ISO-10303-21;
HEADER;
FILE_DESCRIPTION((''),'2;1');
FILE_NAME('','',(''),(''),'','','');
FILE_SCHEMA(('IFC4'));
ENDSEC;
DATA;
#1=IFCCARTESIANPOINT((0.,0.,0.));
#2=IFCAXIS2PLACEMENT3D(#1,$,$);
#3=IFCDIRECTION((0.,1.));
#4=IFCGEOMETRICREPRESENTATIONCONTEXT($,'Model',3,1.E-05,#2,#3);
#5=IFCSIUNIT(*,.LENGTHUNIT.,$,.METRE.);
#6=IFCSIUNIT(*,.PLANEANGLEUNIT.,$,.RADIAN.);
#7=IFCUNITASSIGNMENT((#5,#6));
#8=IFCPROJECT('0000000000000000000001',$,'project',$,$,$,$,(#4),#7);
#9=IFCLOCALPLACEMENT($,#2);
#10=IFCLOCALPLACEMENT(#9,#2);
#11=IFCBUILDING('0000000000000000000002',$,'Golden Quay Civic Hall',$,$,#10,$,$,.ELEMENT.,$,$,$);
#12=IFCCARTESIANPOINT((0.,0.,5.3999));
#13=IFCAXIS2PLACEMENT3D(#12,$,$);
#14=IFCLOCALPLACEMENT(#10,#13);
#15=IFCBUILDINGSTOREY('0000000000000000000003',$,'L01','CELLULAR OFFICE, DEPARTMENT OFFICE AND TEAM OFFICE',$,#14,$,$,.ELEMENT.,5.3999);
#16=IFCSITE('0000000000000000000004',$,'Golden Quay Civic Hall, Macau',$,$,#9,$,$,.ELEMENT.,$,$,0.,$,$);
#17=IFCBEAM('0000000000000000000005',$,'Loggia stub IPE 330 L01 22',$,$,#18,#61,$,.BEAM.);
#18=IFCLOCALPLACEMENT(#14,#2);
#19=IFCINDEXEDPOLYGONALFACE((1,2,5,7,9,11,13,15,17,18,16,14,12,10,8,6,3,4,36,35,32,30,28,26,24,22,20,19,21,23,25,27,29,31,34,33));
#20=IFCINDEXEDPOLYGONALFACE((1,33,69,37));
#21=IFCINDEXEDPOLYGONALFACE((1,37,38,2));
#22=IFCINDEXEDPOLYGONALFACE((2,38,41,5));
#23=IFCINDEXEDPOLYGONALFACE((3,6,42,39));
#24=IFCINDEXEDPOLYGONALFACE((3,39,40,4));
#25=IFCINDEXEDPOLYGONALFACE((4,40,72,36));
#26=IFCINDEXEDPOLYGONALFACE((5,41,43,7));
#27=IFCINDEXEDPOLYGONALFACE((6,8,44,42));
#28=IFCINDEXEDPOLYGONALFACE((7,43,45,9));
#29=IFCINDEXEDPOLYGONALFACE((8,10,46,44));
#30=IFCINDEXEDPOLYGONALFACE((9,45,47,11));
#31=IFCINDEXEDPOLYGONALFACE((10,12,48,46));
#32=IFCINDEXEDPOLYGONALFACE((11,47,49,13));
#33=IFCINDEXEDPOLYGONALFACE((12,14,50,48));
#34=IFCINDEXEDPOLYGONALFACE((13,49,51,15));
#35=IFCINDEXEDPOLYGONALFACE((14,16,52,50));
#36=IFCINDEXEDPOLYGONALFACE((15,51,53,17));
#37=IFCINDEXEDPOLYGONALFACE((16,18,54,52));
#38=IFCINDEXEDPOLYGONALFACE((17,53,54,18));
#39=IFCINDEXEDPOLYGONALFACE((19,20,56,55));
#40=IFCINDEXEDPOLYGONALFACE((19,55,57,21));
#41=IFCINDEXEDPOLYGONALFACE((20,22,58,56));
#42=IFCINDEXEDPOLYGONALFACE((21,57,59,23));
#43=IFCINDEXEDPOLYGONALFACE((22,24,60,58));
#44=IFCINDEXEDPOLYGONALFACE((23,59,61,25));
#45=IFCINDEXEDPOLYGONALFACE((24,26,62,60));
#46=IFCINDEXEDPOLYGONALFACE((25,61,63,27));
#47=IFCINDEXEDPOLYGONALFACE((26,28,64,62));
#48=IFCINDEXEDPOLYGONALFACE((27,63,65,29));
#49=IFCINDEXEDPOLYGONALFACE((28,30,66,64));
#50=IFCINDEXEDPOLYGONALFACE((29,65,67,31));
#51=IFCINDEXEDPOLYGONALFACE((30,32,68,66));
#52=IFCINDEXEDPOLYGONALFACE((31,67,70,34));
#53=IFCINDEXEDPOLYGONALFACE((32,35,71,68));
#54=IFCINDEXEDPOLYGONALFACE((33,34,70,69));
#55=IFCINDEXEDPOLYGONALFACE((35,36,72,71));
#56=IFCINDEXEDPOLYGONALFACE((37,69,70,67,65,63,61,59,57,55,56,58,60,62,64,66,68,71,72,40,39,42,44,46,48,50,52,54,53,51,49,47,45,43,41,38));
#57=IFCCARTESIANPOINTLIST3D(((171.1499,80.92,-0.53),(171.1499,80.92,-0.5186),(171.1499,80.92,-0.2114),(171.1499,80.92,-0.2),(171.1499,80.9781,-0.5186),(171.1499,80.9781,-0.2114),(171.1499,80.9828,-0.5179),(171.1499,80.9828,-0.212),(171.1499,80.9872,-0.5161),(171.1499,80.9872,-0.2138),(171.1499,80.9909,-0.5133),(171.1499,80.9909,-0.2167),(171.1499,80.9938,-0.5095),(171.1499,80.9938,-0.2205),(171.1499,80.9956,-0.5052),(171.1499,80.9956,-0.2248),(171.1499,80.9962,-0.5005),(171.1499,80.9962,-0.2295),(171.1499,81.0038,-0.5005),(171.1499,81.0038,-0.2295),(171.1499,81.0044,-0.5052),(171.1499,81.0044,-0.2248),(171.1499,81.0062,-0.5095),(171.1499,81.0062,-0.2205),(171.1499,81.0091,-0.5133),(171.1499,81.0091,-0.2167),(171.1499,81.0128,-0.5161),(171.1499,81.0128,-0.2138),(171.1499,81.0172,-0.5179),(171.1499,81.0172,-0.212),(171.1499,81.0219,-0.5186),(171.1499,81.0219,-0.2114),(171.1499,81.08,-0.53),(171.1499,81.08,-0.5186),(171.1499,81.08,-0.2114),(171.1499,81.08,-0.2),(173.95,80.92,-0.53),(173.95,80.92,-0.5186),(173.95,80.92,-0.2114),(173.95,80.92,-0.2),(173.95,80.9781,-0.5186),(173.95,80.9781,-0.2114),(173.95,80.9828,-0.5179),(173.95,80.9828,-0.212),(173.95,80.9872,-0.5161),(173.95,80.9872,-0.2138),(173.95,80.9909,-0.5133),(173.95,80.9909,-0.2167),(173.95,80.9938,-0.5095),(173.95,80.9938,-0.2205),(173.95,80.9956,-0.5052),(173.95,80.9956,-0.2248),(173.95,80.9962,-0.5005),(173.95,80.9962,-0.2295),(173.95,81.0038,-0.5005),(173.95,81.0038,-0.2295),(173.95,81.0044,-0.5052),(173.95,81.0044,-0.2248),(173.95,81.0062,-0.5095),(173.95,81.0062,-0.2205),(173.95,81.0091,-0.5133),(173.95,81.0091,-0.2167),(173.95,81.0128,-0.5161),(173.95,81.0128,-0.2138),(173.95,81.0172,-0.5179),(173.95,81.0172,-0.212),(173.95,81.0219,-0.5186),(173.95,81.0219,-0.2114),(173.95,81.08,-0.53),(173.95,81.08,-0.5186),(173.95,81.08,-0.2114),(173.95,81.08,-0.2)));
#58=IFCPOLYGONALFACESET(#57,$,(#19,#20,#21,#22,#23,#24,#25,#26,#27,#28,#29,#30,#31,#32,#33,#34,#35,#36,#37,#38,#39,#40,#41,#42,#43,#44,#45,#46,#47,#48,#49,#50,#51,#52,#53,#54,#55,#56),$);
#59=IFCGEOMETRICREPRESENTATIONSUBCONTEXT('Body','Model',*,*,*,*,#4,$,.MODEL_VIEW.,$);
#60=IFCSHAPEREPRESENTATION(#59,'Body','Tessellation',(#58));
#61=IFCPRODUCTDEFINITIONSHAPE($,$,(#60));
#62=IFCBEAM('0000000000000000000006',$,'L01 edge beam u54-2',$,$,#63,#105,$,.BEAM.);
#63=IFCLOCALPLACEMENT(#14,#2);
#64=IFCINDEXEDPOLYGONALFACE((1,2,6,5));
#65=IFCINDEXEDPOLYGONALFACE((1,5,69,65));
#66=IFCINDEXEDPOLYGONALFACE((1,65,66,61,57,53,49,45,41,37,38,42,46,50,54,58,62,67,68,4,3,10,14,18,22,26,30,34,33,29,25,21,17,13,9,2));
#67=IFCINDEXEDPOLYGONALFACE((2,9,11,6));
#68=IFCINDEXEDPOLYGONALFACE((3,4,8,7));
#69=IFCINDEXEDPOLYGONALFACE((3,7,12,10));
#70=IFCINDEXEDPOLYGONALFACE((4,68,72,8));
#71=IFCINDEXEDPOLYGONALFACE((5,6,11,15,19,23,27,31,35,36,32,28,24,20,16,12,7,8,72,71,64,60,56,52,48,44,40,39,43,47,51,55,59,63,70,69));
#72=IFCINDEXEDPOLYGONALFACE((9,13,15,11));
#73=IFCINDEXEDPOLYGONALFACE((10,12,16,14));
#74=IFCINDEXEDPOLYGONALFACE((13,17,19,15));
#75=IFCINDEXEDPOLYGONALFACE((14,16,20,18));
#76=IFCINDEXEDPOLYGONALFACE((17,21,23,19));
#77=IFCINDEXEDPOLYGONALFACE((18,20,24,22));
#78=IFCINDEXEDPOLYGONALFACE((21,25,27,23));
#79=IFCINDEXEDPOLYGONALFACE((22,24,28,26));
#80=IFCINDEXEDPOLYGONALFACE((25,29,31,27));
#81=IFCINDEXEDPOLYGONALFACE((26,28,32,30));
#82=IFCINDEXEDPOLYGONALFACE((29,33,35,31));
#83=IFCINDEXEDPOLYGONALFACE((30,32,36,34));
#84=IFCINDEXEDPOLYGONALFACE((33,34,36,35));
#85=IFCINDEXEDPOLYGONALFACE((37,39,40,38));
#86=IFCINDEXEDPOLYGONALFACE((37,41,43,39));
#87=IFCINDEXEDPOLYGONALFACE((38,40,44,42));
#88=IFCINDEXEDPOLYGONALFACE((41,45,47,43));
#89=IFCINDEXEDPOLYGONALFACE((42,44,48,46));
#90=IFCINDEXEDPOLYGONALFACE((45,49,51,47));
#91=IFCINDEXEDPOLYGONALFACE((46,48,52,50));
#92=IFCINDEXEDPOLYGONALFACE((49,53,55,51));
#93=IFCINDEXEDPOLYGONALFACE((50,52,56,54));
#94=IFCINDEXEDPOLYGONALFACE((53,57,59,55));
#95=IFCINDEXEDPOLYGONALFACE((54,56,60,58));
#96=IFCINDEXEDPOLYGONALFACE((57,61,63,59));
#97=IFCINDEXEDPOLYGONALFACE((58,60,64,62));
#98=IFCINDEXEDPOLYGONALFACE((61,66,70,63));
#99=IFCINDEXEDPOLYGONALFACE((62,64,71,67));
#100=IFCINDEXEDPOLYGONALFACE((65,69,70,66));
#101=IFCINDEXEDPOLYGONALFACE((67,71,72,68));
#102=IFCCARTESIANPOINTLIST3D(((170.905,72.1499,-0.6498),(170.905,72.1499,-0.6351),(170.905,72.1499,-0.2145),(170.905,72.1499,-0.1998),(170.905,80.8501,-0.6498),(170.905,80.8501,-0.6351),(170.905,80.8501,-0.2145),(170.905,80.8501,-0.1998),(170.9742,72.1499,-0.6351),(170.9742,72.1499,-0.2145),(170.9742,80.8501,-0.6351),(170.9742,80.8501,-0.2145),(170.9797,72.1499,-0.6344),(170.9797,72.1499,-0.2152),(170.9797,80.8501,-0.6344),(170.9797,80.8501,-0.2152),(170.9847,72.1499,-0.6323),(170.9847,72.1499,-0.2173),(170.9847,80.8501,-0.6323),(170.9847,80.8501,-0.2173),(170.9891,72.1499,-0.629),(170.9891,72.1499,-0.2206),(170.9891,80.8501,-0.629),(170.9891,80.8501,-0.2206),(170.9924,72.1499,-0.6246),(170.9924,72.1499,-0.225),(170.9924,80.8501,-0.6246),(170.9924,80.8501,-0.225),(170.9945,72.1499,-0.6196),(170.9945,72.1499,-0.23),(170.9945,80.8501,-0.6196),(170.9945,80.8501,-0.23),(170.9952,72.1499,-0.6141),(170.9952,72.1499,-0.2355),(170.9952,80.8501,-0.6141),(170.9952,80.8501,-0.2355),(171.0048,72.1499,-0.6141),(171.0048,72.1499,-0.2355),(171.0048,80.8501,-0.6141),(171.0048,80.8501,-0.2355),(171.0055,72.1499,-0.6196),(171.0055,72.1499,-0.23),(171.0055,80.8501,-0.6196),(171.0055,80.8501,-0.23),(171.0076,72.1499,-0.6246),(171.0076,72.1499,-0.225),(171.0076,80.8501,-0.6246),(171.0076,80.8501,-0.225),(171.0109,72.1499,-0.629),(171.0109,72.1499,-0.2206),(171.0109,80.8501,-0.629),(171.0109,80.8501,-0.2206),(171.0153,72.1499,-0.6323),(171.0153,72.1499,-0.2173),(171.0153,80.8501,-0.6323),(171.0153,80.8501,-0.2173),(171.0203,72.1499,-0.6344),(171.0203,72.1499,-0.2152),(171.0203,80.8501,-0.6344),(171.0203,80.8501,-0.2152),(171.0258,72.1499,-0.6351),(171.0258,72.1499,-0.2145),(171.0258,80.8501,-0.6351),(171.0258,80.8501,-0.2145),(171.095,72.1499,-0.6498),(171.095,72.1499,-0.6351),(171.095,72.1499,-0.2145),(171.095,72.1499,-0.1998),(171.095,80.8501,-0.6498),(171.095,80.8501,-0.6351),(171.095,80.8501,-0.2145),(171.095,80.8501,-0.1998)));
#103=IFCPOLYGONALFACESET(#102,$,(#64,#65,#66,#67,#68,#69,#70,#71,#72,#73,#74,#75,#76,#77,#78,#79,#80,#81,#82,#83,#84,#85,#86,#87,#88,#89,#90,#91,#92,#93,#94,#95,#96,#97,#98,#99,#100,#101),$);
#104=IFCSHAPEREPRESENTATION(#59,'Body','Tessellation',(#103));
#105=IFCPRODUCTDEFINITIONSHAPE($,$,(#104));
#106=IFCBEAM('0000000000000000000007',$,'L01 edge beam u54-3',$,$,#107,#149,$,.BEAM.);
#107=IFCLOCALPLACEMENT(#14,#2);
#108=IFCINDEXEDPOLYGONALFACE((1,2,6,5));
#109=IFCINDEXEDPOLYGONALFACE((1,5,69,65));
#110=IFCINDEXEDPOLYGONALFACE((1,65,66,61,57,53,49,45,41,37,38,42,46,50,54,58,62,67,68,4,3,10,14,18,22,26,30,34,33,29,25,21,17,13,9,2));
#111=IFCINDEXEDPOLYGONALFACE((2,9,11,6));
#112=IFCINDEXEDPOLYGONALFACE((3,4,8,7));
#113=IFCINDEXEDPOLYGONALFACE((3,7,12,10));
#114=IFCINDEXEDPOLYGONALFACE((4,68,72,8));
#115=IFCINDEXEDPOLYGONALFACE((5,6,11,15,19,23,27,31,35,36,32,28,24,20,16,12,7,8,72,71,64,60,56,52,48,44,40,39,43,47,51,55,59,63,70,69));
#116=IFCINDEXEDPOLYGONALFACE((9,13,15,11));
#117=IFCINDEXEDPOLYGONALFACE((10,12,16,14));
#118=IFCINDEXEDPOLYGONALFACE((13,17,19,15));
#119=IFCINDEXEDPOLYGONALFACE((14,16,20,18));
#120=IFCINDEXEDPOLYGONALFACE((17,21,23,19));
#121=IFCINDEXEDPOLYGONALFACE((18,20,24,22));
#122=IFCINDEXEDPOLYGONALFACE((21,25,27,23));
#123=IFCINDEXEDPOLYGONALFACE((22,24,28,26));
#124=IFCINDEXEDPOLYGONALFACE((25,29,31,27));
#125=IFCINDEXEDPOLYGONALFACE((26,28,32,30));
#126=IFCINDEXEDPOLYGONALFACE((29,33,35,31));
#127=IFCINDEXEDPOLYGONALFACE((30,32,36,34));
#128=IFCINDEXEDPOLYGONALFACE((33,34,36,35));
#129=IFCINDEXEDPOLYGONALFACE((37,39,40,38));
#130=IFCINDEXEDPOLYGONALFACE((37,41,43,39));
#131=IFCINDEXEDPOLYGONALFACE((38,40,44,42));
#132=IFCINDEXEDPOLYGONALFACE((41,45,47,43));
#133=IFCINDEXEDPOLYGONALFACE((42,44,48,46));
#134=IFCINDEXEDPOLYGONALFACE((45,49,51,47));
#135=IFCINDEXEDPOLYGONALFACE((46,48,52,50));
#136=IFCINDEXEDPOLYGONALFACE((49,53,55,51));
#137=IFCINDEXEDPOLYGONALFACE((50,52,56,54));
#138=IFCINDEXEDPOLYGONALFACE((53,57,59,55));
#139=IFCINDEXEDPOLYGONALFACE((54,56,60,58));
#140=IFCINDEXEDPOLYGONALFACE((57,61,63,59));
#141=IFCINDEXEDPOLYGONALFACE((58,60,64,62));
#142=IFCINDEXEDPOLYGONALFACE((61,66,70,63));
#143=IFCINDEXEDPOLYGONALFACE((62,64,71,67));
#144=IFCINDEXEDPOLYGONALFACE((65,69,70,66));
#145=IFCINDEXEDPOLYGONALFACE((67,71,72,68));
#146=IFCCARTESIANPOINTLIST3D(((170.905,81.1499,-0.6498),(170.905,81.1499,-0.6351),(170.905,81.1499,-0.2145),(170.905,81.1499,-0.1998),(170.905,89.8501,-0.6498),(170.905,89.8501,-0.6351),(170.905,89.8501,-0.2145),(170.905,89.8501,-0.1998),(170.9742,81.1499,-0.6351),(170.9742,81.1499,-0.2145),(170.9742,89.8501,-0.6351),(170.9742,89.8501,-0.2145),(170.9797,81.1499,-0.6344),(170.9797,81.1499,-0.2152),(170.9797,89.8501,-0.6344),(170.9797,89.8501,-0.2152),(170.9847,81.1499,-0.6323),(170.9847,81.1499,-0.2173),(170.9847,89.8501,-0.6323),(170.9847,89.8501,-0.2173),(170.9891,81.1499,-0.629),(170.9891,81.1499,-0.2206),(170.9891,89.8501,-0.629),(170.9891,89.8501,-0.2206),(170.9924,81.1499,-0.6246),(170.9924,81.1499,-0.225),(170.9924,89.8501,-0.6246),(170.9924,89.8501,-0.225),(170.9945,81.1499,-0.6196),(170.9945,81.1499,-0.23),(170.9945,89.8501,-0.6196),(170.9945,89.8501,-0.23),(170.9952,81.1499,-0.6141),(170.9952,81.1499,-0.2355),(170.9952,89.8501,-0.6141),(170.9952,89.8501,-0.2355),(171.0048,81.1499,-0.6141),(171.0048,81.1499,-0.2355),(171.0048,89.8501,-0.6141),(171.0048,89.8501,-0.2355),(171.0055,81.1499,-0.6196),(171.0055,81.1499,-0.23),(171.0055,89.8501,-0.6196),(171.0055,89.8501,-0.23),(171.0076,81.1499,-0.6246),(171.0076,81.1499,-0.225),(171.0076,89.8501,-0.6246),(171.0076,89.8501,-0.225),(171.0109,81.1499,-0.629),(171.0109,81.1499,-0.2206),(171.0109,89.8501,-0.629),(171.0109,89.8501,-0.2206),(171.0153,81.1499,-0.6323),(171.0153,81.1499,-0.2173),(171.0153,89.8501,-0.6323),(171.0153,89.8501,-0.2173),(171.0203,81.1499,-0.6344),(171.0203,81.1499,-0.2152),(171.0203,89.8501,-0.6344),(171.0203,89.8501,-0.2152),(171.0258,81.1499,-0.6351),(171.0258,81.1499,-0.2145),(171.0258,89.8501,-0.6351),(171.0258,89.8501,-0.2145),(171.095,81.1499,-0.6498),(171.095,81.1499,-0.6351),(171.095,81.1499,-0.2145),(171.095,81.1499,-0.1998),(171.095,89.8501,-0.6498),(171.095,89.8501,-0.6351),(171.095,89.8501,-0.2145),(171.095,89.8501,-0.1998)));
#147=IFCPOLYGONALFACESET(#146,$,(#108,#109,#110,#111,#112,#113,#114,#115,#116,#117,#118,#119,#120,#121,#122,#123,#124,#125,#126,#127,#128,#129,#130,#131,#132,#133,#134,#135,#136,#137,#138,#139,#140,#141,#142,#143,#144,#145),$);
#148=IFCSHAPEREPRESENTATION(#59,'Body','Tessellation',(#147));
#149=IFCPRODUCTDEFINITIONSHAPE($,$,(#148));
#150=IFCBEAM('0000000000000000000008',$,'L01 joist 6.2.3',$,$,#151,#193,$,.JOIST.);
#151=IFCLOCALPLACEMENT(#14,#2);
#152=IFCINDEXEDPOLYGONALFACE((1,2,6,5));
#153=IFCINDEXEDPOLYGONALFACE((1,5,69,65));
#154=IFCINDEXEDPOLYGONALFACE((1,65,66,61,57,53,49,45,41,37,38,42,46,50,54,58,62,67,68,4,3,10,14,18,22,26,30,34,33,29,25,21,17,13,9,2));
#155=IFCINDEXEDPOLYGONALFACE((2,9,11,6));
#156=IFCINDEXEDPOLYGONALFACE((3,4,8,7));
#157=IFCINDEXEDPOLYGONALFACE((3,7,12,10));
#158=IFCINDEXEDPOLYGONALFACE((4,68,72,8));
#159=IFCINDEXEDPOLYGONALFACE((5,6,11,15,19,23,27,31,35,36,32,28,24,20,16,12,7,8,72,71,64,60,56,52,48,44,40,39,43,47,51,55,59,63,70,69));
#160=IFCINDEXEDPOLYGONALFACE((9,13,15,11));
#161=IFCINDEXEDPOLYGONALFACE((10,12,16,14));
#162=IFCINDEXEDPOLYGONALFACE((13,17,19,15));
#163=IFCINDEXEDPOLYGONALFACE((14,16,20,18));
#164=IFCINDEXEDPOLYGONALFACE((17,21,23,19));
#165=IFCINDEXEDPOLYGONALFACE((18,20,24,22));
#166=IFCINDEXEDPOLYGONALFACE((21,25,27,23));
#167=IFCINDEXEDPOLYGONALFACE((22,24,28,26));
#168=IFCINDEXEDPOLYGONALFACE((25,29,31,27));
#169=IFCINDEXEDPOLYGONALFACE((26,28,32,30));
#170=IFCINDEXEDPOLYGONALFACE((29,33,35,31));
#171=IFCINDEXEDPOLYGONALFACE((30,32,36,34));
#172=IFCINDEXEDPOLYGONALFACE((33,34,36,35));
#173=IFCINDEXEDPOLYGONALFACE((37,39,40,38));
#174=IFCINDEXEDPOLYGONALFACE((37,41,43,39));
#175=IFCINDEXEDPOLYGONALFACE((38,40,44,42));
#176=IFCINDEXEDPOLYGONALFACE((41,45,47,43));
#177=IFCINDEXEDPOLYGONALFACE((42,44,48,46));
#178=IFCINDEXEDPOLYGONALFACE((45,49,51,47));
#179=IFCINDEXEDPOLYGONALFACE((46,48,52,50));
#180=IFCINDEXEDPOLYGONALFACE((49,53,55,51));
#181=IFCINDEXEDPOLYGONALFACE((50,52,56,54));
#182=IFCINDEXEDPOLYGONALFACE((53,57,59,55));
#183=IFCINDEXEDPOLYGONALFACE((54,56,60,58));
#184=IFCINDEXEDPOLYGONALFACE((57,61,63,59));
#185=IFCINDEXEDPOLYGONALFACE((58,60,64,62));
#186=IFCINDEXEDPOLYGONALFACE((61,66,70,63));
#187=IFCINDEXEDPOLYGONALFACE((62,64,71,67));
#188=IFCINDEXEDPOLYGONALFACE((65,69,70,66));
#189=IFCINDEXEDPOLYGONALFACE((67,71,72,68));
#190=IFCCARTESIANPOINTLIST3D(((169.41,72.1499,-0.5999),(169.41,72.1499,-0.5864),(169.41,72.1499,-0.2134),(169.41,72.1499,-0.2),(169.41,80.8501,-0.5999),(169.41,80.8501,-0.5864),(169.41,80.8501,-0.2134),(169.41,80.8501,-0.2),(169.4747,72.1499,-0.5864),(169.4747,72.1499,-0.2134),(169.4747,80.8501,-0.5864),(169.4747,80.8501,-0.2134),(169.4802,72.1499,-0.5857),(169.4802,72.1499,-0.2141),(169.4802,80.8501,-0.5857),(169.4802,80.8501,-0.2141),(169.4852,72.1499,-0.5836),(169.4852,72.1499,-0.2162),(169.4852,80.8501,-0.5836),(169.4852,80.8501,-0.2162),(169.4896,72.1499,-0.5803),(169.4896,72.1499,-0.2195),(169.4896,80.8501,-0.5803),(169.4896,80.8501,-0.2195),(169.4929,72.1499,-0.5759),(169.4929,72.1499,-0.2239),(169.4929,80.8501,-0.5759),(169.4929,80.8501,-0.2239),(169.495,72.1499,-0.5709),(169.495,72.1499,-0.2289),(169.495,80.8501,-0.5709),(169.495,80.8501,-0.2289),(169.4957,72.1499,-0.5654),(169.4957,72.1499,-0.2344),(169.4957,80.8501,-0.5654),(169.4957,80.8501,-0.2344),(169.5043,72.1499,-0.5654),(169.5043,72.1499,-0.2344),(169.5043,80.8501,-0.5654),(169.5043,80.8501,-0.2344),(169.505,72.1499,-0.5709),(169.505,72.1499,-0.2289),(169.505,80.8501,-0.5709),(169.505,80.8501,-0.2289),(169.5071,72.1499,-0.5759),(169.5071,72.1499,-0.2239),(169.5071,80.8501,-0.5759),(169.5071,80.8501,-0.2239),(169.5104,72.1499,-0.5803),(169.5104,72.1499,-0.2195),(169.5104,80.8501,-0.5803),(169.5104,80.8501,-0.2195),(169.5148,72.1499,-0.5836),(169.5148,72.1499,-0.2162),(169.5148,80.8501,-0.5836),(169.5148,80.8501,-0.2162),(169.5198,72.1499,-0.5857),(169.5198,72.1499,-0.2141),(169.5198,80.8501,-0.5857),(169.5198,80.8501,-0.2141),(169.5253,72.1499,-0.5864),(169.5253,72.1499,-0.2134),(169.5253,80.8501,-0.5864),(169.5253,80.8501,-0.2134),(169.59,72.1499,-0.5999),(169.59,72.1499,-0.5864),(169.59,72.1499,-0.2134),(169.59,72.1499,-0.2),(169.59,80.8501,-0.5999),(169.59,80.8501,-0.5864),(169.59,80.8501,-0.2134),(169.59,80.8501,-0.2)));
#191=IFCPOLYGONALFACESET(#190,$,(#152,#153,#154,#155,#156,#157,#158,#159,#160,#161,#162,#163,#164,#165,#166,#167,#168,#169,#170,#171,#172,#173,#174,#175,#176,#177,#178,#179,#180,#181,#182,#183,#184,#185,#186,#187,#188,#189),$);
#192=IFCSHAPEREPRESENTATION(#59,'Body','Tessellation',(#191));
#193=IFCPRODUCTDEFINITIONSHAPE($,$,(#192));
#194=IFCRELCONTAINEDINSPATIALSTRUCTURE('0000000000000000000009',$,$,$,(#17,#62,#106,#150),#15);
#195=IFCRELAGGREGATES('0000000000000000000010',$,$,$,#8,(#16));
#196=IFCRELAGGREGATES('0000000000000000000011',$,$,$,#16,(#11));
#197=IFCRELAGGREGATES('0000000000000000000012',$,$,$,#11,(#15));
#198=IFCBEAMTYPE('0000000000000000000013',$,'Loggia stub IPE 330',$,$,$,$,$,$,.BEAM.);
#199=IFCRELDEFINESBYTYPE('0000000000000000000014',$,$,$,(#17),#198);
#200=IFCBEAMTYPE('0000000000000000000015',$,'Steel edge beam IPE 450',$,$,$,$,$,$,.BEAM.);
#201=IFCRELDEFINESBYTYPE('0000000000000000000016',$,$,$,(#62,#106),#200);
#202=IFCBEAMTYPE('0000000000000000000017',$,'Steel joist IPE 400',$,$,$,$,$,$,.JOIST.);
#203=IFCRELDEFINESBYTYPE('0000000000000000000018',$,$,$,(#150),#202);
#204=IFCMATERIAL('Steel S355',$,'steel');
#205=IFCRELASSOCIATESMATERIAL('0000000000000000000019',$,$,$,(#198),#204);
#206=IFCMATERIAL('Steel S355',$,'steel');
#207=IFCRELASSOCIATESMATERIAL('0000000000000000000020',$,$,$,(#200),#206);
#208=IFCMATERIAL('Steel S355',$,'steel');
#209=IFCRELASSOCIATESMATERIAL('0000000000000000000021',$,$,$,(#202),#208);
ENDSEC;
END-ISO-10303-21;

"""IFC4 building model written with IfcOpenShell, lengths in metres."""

from ifc_helpers import new_model, si_unit, direction, frame, origin, origin_2d, place, context, subcontext, project, spatial, i_section, extrude, material, material_profile, profile_set, type_object, element, save


model = new_model("IFC4")

# Units and contexts
model_context = context("Model", 3, precision=1e-05, world=origin(), true_north=direction((0.0, 1.0)))
body_context = subcontext(model_context, "Body", "Model", "MODEL_VIEW")
ifc_project = project(units=[si_unit("LENGTHUNIT", "METRE"), si_unit("PLANEANGLEUNIT", "RADIAN")], contexts=[model_context])

# Site, building, storey
site_placement = place(None, origin())
site = spatial("IfcSite", under=ifc_project, at=site_placement, Name="Golden Quay Civic Hall, Macau", CompositionType="ELEMENT", RefElevation=0.0)
building_placement = place(site_placement, origin())
building = spatial("IfcBuilding", under=site, at=building_placement, Name="Golden Quay Civic Hall", CompositionType="ELEMENT")
storey_placement = place(building_placement, frame((0.0, 0.0, 5.3999)))
storey = spatial("IfcBuildingStorey", under=building, at=storey_placement, Name="L01", Description="CELLULAR OFFICE, DEPARTMENT OFFICE AND TEAM OFFICE", CompositionType="ELEMENT", Elevation=5.3999)

# Beams
ifc_material_1 = material(Name="Steel S355", Category="steel")
ifc_material_profile_1 = material_profile(ifc_material_1, i_section(OverallWidth=0.1599, OverallDepth=0.3301, WebThickness=0.0076, FlangeThickness=0.0115, FilletRadius=0.0181, at=origin_2d()), Name="IPE 330")
ifc_profile_set_1 = profile_set([ifc_material_profile_1], Name="Steel S355")
beam_type_1 = type_object("IfcBeamType", Name="Loggia stub IPE 330", PredefinedType="BEAM", material=ifc_profile_set_1)
for number, where, z_axis, x_axis, name in (
    (1, (171.1499, 81.0, -0.365), (1.0, 0.0, 0.0), (0.0, 1.0, 0.0), "Loggia stub IPE 330 L01 22"),
):
    element("IfcBeam", number, at=place(storey_placement, frame(where, z_axis=z_axis, x_axis=x_axis)), inside=storey, type_object=beam_type_1, Name=name, PredefinedType="BEAM", context=body_context, shape_type="SweptSolid", body=[
        extrude(i_section(OverallWidth=0.1599, OverallDepth=0.3301, WebThickness=0.0076, FlangeThickness=0.0115, FilletRadius=0.0181, at=origin_2d()), origin(), (0.0, 0.0, 1.0), 2.8),
    ])
ifc_material_2 = material(Name="Steel S355", Category="steel")
ifc_material_profile_2 = material_profile(ifc_material_2, i_section(OverallWidth=0.1899, OverallDepth=0.45, WebThickness=0.0095, FlangeThickness=0.0146, FilletRadius=0.021, at=origin_2d()), Name="IPE 450")
ifc_profile_set_2 = profile_set([ifc_material_profile_2], Name="Steel S355")
beam_type_2 = type_object("IfcBeamType", Name="Steel edge beam IPE 450", PredefinedType="BEAM", material=ifc_profile_set_2)
for number, where, z_axis, x_axis, name in (
    (2, (171.0, 72.1499, -0.4248), (0.0, 1.0, 0.0), (-1.0, 0.0, 0.0), "L01 edge beam u54-2"),
    (3, (171.0, 81.1499, -0.4248), (0.0, 1.0, 0.0), (-1.0, 0.0, 0.0), "L01 edge beam u54-3"),
):
    element("IfcBeam", number, at=place(storey_placement, frame(where, z_axis=z_axis, x_axis=x_axis)), inside=storey, type_object=beam_type_2, Name=name, PredefinedType="BEAM", context=body_context, shape_type="SweptSolid", body=[
        extrude(i_section(OverallWidth=0.1899, OverallDepth=0.45, WebThickness=0.0095, FlangeThickness=0.0146, FilletRadius=0.021, at=origin_2d()), origin(), (0.0, 0.0, 1.0), 8.7002),
    ])
ifc_material_3 = material(Name="Steel S355", Category="steel")
ifc_material_profile_3 = material_profile(ifc_material_3, i_section(OverallWidth=0.1799, OverallDepth=0.3999, WebThickness=0.0085, FlangeThickness=0.0134, FilletRadius=0.021, at=origin_2d()), Name="IPE 400")
ifc_profile_set_3 = profile_set([ifc_material_profile_3], Name="Steel S355")
beam_type_3 = type_object("IfcBeamType", Name="Steel joist IPE 400", PredefinedType="JOIST", material=ifc_profile_set_3)
beam_1_placement = place(storey_placement, frame((169.5, 72.1499, -0.3999), z_axis=(0.0, 1.0, 0.0), x_axis=(-1.0, 0.0, 0.0)))
element("IfcBeam", 4, at=beam_1_placement, inside=storey, type_object=beam_type_3, Name="L01 joist 6.2.3", PredefinedType="JOIST", context=body_context, shape_type="SweptSolid", body=[
    extrude(i_section(OverallWidth=0.1799, OverallDepth=0.3999, WebThickness=0.0085, FlangeThickness=0.0134, FilletRadius=0.021, at=origin_2d()), origin(), (0.0, 0.0, 1.0), 8.7002),
])

save(model, "model.ifc")
